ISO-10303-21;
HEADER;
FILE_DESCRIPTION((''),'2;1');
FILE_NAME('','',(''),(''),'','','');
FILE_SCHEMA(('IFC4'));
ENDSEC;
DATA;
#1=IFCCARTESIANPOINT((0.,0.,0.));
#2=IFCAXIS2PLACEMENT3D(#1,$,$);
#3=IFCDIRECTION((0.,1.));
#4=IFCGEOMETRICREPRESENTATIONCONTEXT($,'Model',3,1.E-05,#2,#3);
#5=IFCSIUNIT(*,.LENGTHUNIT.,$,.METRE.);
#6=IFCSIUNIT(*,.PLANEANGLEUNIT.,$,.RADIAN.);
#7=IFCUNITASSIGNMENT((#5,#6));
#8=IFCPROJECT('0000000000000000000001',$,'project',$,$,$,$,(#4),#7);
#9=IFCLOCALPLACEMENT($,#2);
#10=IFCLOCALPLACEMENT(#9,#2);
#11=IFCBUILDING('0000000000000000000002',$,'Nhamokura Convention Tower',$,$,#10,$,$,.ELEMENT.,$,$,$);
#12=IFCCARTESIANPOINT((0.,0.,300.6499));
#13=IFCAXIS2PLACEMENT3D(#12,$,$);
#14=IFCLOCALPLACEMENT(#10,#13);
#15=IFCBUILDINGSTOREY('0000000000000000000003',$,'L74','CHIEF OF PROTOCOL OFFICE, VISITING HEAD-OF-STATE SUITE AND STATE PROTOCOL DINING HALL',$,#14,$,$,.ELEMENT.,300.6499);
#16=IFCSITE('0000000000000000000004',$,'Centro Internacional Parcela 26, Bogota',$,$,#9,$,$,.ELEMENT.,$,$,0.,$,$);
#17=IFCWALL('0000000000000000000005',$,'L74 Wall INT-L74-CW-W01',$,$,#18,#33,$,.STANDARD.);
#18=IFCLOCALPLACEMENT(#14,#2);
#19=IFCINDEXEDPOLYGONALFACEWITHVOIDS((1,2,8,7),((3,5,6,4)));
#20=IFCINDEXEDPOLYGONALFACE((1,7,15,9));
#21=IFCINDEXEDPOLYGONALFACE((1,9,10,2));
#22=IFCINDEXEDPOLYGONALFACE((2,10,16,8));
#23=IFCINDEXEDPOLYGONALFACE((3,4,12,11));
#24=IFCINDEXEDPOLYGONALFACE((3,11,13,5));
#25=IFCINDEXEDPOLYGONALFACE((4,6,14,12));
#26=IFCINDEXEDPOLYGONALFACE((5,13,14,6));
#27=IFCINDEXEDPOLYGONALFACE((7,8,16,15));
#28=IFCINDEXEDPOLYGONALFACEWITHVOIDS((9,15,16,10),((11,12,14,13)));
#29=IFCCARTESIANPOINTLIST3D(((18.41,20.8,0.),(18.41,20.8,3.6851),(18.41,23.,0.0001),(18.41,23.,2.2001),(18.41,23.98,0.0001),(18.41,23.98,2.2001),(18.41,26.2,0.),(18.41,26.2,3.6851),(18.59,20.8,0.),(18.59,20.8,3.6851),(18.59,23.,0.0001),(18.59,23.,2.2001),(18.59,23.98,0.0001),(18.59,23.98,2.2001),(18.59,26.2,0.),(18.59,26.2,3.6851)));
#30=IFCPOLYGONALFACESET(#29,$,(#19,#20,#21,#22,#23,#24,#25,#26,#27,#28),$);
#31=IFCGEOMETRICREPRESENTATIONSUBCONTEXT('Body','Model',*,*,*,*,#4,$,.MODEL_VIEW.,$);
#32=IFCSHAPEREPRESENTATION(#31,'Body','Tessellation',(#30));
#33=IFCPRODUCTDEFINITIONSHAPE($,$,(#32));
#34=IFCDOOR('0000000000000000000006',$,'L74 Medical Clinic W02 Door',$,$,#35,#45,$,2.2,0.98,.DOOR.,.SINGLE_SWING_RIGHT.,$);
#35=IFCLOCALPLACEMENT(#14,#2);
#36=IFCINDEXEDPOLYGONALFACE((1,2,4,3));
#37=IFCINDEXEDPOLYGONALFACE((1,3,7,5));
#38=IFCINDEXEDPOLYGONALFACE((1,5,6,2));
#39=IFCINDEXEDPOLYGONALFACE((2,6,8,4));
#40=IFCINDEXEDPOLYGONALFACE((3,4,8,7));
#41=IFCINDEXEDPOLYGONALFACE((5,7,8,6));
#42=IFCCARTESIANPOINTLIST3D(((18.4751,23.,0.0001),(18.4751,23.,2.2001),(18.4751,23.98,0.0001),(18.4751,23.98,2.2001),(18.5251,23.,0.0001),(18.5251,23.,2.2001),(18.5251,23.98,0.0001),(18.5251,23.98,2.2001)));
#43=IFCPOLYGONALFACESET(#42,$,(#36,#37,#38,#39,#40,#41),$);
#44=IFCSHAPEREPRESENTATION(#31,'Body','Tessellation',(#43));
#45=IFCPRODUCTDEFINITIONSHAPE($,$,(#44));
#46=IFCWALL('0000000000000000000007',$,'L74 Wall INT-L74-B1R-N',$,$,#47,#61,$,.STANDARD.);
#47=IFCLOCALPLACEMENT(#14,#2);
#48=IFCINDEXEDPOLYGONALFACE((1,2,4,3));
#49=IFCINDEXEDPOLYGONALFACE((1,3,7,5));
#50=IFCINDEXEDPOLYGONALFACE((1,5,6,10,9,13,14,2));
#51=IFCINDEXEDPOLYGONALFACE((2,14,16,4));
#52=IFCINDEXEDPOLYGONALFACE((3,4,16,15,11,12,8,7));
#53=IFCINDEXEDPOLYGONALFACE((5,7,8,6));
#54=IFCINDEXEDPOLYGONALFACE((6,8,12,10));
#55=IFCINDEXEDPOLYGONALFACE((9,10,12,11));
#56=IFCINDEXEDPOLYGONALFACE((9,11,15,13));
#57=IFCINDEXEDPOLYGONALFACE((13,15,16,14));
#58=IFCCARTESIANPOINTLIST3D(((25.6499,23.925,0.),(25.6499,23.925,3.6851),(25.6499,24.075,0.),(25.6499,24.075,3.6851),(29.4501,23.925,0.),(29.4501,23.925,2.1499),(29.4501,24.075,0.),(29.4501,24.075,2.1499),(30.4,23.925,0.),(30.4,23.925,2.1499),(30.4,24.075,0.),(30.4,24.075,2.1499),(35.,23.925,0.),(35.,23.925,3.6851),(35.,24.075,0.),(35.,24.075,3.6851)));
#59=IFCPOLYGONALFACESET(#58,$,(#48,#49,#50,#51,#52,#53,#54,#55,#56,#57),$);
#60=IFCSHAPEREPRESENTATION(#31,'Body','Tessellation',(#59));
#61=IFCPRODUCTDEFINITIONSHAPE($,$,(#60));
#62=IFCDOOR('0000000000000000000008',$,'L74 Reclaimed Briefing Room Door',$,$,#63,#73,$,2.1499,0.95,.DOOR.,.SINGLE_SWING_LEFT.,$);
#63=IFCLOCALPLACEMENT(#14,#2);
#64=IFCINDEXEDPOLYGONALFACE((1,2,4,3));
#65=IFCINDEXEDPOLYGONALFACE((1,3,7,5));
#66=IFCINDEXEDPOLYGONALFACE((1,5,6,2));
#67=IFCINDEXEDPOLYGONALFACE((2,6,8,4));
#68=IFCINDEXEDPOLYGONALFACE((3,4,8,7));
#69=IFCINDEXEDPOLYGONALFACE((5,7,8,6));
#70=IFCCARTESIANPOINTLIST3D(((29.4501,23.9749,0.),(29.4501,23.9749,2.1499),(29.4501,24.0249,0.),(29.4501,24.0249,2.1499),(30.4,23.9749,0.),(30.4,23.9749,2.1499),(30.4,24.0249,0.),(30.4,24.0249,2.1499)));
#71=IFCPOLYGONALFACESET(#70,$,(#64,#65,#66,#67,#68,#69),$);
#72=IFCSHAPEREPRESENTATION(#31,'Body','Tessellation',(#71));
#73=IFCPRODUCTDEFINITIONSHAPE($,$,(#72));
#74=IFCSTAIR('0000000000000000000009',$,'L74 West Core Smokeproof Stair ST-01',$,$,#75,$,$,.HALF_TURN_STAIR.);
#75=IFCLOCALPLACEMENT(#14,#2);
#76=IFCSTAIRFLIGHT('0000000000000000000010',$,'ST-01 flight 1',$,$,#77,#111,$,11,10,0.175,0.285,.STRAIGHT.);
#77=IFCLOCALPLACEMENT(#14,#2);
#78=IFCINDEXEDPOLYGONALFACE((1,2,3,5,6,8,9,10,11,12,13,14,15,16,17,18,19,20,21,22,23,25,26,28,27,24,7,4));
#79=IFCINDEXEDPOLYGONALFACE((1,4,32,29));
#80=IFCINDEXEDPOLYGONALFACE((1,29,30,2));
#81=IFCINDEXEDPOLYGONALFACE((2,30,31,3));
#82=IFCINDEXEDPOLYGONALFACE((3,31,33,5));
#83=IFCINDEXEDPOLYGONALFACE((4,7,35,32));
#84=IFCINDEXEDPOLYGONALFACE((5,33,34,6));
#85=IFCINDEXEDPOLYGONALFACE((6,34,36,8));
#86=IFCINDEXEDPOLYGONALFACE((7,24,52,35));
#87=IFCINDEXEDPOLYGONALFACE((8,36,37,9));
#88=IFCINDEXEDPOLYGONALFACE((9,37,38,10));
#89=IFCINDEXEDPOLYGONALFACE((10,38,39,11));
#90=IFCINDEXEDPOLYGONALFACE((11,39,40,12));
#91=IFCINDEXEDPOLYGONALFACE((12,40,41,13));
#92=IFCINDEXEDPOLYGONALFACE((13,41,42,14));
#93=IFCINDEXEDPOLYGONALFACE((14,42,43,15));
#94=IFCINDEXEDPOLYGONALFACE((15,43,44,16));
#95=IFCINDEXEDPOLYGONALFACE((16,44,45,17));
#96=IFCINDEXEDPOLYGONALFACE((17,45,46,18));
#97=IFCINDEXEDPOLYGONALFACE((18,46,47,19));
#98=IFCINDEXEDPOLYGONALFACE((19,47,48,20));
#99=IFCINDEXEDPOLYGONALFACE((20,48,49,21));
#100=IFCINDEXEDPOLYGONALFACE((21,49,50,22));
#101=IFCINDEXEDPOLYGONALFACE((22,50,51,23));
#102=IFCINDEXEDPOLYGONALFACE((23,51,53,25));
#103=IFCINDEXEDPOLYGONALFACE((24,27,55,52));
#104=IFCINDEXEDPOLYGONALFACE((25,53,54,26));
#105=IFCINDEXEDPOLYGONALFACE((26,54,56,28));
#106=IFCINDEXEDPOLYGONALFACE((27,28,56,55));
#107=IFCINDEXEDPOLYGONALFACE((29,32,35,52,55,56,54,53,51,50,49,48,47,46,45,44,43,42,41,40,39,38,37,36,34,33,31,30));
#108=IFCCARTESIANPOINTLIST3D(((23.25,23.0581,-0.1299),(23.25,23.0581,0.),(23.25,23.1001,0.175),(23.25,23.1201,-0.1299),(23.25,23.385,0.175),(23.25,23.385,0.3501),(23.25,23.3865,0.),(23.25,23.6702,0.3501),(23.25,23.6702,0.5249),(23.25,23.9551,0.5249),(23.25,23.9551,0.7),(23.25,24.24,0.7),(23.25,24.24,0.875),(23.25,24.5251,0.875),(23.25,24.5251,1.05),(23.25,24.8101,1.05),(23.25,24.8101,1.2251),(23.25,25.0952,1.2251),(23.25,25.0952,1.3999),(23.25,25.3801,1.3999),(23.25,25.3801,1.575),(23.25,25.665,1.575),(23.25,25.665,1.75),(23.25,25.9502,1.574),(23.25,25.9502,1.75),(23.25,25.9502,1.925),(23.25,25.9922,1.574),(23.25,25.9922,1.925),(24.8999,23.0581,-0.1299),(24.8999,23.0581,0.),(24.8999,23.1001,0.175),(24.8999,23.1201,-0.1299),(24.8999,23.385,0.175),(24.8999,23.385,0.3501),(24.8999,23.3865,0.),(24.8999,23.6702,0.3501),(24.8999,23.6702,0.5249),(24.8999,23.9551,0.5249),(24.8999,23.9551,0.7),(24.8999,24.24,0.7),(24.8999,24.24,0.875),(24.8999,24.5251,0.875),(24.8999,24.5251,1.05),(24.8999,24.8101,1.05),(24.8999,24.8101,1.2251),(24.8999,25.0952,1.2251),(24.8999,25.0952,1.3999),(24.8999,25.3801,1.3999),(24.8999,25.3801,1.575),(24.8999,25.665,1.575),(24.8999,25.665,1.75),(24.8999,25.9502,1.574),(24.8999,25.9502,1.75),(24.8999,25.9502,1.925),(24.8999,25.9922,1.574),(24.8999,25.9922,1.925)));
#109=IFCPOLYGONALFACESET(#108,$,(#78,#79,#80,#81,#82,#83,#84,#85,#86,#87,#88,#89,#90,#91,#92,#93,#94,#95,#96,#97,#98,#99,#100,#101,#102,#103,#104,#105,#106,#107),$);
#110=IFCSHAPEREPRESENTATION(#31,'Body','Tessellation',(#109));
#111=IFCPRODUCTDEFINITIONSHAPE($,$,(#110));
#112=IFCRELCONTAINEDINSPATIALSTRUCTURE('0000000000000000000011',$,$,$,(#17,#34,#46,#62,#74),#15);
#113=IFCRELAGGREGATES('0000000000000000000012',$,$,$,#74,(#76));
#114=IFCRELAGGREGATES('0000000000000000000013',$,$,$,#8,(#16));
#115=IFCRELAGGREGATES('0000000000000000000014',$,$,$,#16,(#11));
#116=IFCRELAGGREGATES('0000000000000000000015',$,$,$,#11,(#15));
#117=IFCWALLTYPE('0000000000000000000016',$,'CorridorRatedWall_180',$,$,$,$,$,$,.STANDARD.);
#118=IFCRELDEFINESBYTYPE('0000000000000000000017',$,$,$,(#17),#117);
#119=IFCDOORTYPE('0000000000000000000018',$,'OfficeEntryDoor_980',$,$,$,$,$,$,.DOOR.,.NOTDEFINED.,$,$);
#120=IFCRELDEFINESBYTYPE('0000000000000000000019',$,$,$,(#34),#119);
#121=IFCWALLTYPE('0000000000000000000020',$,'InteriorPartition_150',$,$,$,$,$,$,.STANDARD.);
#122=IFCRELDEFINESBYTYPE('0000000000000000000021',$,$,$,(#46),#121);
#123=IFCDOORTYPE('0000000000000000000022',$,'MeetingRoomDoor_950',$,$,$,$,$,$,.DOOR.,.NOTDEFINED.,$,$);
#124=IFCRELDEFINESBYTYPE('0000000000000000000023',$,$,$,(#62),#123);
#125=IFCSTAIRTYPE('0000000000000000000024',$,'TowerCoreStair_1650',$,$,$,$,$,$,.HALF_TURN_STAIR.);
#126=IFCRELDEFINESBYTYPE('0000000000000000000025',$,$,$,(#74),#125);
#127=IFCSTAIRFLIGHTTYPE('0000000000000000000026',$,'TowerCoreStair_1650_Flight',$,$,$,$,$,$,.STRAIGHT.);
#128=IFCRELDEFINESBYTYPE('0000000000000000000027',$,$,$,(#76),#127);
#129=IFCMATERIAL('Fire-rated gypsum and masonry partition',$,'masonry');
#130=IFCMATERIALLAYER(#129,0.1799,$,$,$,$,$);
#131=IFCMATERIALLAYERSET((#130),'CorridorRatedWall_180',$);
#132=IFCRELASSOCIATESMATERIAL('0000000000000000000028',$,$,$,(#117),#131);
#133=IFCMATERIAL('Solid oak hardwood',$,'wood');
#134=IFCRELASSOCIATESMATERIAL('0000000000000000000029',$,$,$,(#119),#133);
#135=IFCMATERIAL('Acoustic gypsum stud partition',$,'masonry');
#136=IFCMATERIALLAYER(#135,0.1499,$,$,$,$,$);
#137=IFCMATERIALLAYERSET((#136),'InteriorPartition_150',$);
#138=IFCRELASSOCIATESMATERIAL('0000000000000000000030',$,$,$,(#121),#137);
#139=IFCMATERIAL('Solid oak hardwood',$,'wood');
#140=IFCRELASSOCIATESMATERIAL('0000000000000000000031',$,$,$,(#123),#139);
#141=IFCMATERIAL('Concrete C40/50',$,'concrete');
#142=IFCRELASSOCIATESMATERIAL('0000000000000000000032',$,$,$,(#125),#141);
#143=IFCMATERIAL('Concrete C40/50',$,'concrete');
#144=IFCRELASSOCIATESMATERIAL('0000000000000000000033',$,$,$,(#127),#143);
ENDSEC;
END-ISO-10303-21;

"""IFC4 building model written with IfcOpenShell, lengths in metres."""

from ifc_helpers import new_model, si_unit, direction, frame, frame_2d, origin, place, context, subcontext, project, spatial, polyline, rectangle, outline, extrude, material, layer, layer_set, type_object, element, fill, aggregate, save


model = new_model("IFC4")

# Units and contexts
model_context = context("Model", 3, precision=1e-05, world=origin(), true_north=direction((0.0, 1.0)))
body_context = subcontext(model_context, "Body", "Model", "MODEL_VIEW")
ifc_project = project(units=[si_unit("LENGTHUNIT", "METRE"), si_unit("PLANEANGLEUNIT", "RADIAN")], contexts=[model_context])

# Site, building, storey
site_placement = place(None, origin())
site = spatial("IfcSite", under=ifc_project, at=site_placement, Name="Centro Internacional Parcela 26, Bogota", CompositionType="ELEMENT", RefElevation=0.0)
building_placement = place(site_placement, origin())
building = spatial("IfcBuilding", under=site, at=building_placement, Name="Nhamokura Convention Tower", CompositionType="ELEMENT")
storey_placement = place(building_placement, frame((0.0, 0.0, 300.6499)))
storey = spatial("IfcBuildingStorey", under=building, at=storey_placement, Name="L74", Description="CHIEF OF PROTOCOL OFFICE, VISITING HEAD-OF-STATE SUITE AND STATE PROTOCOL DINING HALL", CompositionType="ELEMENT", Elevation=300.6499)

# Walls, openings, doors
ifc_material_1 = material(Name="Fire-rated gypsum and masonry partition", Category="masonry")
ifc_layer_1 = layer(ifc_material_1, 0.1799)
ifc_layer_set_1 = layer_set([ifc_layer_1], Name="CorridorRatedWall_180")
wall_type_1 = type_object("IfcWallType", Name="CorridorRatedWall_180", PredefinedType="STANDARD", material=ifc_layer_set_1)
ifc_material_2 = material(Name="Solid oak hardwood", Category="wood")
door_type_1 = type_object("IfcDoorType", Name="OfficeEntryDoor_980", OperationType="NOTDEFINED", PredefinedType="DOOR", material=ifc_material_2)
wall_1_placement = place(storey_placement, frame((18.5, 20.8, 0.0), z_axis=(0.0, 0.0, 1.0), x_axis=(0.0, 1.0, 0.0)))
wall_1 = element("IfcWall", 1, at=wall_1_placement, inside=storey, type_object=wall_type_1, Name="L74 Wall INT-L74-CW-W01", PredefinedType="STANDARD", context=body_context, shape_type="SweptSolid", body=[
    extrude(rectangle(XDim=5.3999, YDim=0.1799, at=frame_2d((2.7, 0.0))), origin(), (0.0, 0.0, 1.0), 3.6851),
])
opening_1_placement = place(wall_1_placement, frame((2.2, 0.0, 0.0)))
opening_1 = element("IfcOpeningElement", 2, at=opening_1_placement, cuts=wall_1, PredefinedType="OPENING", context=body_context, shape_type="SweptSolid", body=[
    extrude(rectangle(XDim=0.98, YDim=2.2, at=frame_2d((0.49, 1.1001))), frame((0.0, 0.0999, 0.0), z_axis=(0.0, -1.0, 0.0), x_axis=(1.0, 0.0, 0.0)), (0.0, 0.0, 1.0), 0.2),
])
door_1_placement = place(opening_1_placement, origin())
door_1 = element("IfcDoor", 3, at=door_1_placement, inside=storey, type_object=door_type_1, Name="L74 Medical Clinic W02 Door", OperationType="SINGLE_SWING_RIGHT", OverallHeight=2.2, OverallWidth=0.98, PredefinedType="DOOR", context=body_context, shape_type="SweptSolid", body=[
    extrude(rectangle(XDim=0.98, YDim=2.2, at=frame_2d((0.49, 1.1001))), frame((0.0, 0.0249, 0.0), z_axis=(0.0, -1.0, 0.0), x_axis=(1.0, 0.0, 0.0)), (0.0, 0.0, 1.0), 0.05),
])
fill(opening_1, door_1)
ifc_material_3 = material(Name="Acoustic gypsum stud partition", Category="masonry")
ifc_layer_2 = layer(ifc_material_3, 0.1499)
ifc_layer_set_2 = layer_set([ifc_layer_2], Name="InteriorPartition_150")
wall_type_2 = type_object("IfcWallType", Name="InteriorPartition_150", PredefinedType="STANDARD", material=ifc_layer_set_2)
wall_2_placement = place(storey_placement, frame((25.6499, 24.0, 0.0), z_axis=(0.0, 0.0, 1.0), x_axis=(1.0, 0.0, 0.0)))
wall_2 = element("IfcWall", 4, at=wall_2_placement, inside=storey, type_object=wall_type_2, Name="L74 Wall INT-L74-B1R-N", PredefinedType="STANDARD", context=body_context, shape_type="SweptSolid", body=[
    extrude(rectangle(XDim=9.3501, YDim=0.1499, at=frame_2d((4.675, 0.0))), origin(), (0.0, 0.0, 1.0), 3.6851),
])
opening_2_placement = place(wall_2_placement, frame((3.8, 0.0, 0.0)))
opening_2 = element("IfcOpeningElement", 5, at=opening_2_placement, cuts=wall_2, PredefinedType="OPENING", context=body_context, shape_type="SweptSolid", body=[
    extrude(rectangle(XDim=0.95, YDim=2.1499, at=frame_2d((0.4751, 1.075))), frame((0.0, 0.085, 0.0), z_axis=(0.0, -1.0, 0.0), x_axis=(1.0, 0.0, 0.0)), (0.0, 0.0, 1.0), 0.1699),
])
ifc_material_4 = material(Name="Solid oak hardwood", Category="wood")
door_type_2 = type_object("IfcDoorType", Name="MeetingRoomDoor_950", OperationType="NOTDEFINED", PredefinedType="DOOR", material=ifc_material_4)
door_2_placement = place(opening_2_placement, origin())
door_2 = element("IfcDoor", 6, at=door_2_placement, inside=storey, type_object=door_type_2, Name="L74 Reclaimed Briefing Room Door", OperationType="SINGLE_SWING_LEFT", OverallHeight=2.1499, OverallWidth=0.95, PredefinedType="DOOR", context=body_context, shape_type="SweptSolid", body=[
    extrude(rectangle(XDim=0.95, YDim=2.1499, at=frame_2d((0.4751, 1.075))), frame((0.0, 0.0249, 0.0), z_axis=(0.0, -1.0, 0.0), x_axis=(1.0, 0.0, 0.0)), (0.0, 0.0, 1.0), 0.05),
])
fill(opening_2, door_2)

# Stair, stair flight
ifc_material_5 = material(Name="Concrete C40/50", Category="concrete")
stair_type = type_object("IfcStairType", Name="TowerCoreStair_1650", PredefinedType="HALF_TURN_STAIR", material=ifc_material_5)
stair_placement = place(storey_placement, origin())
stair = element("IfcStair", 7, at=stair_placement, inside=storey, type_object=stair_type, Name="L74 West Core Smokeproof Stair ST-01", PredefinedType="HALF_TURN_STAIR")
ifc_material_6 = material(Name="Concrete C40/50", Category="concrete")
stair_flight_type = type_object("IfcStairFlightType", Name="TowerCoreStair_1650_Flight", PredefinedType="STRAIGHT", material=ifc_material_6)
stair_flight_placement = place(storey_placement, frame((24.075, 23.1001, 0.0), z_axis=(0.0, 0.0, 1.0), x_axis=(0.0, 1.0, 0.0)))
stair_flight = element("IfcStairFlight", 8, at=stair_flight_placement, type_object=stair_flight_type, Name="ST-01 flight 1", NumberOfRisers=11, NumberOfTreads=10, PredefinedType="STRAIGHT", RiserHeight=0.175, TreadLength=0.285, context=body_context, shape_type="SweptSolid", body=[
    extrude(outline(polyline([(-0.042, 0.0), (0.0, 0.175), (0.2849, 0.175), (0.2849, 0.3501), (0.5701, 0.3501), (0.5701, 0.5249), (0.855, 0.5249), (0.855, 0.7), (1.1399, 0.7), (1.1399, 0.875), (1.425, 0.875), (1.425, 1.05), (1.71, 1.05), (1.71, 1.2251), (1.9951, 1.2251), (1.9951, 1.3999), (2.28, 1.3999), (2.28, 1.575), (2.5649, 1.575), (2.5649, 1.75), (2.8501, 1.75), (2.8501, 1.925), (2.8921, 1.925), (2.8921, 1.574), (2.8501, 1.574), (0.2864, 0.0), (0.02, -0.1299), (-0.042, -0.1299), (-0.042, 0.0)])), frame((0.0, 0.825, 0.0), z_axis=(0.0, -1.0, 0.0), x_axis=(1.0, 0.0, 0.0)), (0.0, 0.0, 1.0), 1.6499),
])
aggregate(stair, [stair_flight])

save(model, "model.ifc")
